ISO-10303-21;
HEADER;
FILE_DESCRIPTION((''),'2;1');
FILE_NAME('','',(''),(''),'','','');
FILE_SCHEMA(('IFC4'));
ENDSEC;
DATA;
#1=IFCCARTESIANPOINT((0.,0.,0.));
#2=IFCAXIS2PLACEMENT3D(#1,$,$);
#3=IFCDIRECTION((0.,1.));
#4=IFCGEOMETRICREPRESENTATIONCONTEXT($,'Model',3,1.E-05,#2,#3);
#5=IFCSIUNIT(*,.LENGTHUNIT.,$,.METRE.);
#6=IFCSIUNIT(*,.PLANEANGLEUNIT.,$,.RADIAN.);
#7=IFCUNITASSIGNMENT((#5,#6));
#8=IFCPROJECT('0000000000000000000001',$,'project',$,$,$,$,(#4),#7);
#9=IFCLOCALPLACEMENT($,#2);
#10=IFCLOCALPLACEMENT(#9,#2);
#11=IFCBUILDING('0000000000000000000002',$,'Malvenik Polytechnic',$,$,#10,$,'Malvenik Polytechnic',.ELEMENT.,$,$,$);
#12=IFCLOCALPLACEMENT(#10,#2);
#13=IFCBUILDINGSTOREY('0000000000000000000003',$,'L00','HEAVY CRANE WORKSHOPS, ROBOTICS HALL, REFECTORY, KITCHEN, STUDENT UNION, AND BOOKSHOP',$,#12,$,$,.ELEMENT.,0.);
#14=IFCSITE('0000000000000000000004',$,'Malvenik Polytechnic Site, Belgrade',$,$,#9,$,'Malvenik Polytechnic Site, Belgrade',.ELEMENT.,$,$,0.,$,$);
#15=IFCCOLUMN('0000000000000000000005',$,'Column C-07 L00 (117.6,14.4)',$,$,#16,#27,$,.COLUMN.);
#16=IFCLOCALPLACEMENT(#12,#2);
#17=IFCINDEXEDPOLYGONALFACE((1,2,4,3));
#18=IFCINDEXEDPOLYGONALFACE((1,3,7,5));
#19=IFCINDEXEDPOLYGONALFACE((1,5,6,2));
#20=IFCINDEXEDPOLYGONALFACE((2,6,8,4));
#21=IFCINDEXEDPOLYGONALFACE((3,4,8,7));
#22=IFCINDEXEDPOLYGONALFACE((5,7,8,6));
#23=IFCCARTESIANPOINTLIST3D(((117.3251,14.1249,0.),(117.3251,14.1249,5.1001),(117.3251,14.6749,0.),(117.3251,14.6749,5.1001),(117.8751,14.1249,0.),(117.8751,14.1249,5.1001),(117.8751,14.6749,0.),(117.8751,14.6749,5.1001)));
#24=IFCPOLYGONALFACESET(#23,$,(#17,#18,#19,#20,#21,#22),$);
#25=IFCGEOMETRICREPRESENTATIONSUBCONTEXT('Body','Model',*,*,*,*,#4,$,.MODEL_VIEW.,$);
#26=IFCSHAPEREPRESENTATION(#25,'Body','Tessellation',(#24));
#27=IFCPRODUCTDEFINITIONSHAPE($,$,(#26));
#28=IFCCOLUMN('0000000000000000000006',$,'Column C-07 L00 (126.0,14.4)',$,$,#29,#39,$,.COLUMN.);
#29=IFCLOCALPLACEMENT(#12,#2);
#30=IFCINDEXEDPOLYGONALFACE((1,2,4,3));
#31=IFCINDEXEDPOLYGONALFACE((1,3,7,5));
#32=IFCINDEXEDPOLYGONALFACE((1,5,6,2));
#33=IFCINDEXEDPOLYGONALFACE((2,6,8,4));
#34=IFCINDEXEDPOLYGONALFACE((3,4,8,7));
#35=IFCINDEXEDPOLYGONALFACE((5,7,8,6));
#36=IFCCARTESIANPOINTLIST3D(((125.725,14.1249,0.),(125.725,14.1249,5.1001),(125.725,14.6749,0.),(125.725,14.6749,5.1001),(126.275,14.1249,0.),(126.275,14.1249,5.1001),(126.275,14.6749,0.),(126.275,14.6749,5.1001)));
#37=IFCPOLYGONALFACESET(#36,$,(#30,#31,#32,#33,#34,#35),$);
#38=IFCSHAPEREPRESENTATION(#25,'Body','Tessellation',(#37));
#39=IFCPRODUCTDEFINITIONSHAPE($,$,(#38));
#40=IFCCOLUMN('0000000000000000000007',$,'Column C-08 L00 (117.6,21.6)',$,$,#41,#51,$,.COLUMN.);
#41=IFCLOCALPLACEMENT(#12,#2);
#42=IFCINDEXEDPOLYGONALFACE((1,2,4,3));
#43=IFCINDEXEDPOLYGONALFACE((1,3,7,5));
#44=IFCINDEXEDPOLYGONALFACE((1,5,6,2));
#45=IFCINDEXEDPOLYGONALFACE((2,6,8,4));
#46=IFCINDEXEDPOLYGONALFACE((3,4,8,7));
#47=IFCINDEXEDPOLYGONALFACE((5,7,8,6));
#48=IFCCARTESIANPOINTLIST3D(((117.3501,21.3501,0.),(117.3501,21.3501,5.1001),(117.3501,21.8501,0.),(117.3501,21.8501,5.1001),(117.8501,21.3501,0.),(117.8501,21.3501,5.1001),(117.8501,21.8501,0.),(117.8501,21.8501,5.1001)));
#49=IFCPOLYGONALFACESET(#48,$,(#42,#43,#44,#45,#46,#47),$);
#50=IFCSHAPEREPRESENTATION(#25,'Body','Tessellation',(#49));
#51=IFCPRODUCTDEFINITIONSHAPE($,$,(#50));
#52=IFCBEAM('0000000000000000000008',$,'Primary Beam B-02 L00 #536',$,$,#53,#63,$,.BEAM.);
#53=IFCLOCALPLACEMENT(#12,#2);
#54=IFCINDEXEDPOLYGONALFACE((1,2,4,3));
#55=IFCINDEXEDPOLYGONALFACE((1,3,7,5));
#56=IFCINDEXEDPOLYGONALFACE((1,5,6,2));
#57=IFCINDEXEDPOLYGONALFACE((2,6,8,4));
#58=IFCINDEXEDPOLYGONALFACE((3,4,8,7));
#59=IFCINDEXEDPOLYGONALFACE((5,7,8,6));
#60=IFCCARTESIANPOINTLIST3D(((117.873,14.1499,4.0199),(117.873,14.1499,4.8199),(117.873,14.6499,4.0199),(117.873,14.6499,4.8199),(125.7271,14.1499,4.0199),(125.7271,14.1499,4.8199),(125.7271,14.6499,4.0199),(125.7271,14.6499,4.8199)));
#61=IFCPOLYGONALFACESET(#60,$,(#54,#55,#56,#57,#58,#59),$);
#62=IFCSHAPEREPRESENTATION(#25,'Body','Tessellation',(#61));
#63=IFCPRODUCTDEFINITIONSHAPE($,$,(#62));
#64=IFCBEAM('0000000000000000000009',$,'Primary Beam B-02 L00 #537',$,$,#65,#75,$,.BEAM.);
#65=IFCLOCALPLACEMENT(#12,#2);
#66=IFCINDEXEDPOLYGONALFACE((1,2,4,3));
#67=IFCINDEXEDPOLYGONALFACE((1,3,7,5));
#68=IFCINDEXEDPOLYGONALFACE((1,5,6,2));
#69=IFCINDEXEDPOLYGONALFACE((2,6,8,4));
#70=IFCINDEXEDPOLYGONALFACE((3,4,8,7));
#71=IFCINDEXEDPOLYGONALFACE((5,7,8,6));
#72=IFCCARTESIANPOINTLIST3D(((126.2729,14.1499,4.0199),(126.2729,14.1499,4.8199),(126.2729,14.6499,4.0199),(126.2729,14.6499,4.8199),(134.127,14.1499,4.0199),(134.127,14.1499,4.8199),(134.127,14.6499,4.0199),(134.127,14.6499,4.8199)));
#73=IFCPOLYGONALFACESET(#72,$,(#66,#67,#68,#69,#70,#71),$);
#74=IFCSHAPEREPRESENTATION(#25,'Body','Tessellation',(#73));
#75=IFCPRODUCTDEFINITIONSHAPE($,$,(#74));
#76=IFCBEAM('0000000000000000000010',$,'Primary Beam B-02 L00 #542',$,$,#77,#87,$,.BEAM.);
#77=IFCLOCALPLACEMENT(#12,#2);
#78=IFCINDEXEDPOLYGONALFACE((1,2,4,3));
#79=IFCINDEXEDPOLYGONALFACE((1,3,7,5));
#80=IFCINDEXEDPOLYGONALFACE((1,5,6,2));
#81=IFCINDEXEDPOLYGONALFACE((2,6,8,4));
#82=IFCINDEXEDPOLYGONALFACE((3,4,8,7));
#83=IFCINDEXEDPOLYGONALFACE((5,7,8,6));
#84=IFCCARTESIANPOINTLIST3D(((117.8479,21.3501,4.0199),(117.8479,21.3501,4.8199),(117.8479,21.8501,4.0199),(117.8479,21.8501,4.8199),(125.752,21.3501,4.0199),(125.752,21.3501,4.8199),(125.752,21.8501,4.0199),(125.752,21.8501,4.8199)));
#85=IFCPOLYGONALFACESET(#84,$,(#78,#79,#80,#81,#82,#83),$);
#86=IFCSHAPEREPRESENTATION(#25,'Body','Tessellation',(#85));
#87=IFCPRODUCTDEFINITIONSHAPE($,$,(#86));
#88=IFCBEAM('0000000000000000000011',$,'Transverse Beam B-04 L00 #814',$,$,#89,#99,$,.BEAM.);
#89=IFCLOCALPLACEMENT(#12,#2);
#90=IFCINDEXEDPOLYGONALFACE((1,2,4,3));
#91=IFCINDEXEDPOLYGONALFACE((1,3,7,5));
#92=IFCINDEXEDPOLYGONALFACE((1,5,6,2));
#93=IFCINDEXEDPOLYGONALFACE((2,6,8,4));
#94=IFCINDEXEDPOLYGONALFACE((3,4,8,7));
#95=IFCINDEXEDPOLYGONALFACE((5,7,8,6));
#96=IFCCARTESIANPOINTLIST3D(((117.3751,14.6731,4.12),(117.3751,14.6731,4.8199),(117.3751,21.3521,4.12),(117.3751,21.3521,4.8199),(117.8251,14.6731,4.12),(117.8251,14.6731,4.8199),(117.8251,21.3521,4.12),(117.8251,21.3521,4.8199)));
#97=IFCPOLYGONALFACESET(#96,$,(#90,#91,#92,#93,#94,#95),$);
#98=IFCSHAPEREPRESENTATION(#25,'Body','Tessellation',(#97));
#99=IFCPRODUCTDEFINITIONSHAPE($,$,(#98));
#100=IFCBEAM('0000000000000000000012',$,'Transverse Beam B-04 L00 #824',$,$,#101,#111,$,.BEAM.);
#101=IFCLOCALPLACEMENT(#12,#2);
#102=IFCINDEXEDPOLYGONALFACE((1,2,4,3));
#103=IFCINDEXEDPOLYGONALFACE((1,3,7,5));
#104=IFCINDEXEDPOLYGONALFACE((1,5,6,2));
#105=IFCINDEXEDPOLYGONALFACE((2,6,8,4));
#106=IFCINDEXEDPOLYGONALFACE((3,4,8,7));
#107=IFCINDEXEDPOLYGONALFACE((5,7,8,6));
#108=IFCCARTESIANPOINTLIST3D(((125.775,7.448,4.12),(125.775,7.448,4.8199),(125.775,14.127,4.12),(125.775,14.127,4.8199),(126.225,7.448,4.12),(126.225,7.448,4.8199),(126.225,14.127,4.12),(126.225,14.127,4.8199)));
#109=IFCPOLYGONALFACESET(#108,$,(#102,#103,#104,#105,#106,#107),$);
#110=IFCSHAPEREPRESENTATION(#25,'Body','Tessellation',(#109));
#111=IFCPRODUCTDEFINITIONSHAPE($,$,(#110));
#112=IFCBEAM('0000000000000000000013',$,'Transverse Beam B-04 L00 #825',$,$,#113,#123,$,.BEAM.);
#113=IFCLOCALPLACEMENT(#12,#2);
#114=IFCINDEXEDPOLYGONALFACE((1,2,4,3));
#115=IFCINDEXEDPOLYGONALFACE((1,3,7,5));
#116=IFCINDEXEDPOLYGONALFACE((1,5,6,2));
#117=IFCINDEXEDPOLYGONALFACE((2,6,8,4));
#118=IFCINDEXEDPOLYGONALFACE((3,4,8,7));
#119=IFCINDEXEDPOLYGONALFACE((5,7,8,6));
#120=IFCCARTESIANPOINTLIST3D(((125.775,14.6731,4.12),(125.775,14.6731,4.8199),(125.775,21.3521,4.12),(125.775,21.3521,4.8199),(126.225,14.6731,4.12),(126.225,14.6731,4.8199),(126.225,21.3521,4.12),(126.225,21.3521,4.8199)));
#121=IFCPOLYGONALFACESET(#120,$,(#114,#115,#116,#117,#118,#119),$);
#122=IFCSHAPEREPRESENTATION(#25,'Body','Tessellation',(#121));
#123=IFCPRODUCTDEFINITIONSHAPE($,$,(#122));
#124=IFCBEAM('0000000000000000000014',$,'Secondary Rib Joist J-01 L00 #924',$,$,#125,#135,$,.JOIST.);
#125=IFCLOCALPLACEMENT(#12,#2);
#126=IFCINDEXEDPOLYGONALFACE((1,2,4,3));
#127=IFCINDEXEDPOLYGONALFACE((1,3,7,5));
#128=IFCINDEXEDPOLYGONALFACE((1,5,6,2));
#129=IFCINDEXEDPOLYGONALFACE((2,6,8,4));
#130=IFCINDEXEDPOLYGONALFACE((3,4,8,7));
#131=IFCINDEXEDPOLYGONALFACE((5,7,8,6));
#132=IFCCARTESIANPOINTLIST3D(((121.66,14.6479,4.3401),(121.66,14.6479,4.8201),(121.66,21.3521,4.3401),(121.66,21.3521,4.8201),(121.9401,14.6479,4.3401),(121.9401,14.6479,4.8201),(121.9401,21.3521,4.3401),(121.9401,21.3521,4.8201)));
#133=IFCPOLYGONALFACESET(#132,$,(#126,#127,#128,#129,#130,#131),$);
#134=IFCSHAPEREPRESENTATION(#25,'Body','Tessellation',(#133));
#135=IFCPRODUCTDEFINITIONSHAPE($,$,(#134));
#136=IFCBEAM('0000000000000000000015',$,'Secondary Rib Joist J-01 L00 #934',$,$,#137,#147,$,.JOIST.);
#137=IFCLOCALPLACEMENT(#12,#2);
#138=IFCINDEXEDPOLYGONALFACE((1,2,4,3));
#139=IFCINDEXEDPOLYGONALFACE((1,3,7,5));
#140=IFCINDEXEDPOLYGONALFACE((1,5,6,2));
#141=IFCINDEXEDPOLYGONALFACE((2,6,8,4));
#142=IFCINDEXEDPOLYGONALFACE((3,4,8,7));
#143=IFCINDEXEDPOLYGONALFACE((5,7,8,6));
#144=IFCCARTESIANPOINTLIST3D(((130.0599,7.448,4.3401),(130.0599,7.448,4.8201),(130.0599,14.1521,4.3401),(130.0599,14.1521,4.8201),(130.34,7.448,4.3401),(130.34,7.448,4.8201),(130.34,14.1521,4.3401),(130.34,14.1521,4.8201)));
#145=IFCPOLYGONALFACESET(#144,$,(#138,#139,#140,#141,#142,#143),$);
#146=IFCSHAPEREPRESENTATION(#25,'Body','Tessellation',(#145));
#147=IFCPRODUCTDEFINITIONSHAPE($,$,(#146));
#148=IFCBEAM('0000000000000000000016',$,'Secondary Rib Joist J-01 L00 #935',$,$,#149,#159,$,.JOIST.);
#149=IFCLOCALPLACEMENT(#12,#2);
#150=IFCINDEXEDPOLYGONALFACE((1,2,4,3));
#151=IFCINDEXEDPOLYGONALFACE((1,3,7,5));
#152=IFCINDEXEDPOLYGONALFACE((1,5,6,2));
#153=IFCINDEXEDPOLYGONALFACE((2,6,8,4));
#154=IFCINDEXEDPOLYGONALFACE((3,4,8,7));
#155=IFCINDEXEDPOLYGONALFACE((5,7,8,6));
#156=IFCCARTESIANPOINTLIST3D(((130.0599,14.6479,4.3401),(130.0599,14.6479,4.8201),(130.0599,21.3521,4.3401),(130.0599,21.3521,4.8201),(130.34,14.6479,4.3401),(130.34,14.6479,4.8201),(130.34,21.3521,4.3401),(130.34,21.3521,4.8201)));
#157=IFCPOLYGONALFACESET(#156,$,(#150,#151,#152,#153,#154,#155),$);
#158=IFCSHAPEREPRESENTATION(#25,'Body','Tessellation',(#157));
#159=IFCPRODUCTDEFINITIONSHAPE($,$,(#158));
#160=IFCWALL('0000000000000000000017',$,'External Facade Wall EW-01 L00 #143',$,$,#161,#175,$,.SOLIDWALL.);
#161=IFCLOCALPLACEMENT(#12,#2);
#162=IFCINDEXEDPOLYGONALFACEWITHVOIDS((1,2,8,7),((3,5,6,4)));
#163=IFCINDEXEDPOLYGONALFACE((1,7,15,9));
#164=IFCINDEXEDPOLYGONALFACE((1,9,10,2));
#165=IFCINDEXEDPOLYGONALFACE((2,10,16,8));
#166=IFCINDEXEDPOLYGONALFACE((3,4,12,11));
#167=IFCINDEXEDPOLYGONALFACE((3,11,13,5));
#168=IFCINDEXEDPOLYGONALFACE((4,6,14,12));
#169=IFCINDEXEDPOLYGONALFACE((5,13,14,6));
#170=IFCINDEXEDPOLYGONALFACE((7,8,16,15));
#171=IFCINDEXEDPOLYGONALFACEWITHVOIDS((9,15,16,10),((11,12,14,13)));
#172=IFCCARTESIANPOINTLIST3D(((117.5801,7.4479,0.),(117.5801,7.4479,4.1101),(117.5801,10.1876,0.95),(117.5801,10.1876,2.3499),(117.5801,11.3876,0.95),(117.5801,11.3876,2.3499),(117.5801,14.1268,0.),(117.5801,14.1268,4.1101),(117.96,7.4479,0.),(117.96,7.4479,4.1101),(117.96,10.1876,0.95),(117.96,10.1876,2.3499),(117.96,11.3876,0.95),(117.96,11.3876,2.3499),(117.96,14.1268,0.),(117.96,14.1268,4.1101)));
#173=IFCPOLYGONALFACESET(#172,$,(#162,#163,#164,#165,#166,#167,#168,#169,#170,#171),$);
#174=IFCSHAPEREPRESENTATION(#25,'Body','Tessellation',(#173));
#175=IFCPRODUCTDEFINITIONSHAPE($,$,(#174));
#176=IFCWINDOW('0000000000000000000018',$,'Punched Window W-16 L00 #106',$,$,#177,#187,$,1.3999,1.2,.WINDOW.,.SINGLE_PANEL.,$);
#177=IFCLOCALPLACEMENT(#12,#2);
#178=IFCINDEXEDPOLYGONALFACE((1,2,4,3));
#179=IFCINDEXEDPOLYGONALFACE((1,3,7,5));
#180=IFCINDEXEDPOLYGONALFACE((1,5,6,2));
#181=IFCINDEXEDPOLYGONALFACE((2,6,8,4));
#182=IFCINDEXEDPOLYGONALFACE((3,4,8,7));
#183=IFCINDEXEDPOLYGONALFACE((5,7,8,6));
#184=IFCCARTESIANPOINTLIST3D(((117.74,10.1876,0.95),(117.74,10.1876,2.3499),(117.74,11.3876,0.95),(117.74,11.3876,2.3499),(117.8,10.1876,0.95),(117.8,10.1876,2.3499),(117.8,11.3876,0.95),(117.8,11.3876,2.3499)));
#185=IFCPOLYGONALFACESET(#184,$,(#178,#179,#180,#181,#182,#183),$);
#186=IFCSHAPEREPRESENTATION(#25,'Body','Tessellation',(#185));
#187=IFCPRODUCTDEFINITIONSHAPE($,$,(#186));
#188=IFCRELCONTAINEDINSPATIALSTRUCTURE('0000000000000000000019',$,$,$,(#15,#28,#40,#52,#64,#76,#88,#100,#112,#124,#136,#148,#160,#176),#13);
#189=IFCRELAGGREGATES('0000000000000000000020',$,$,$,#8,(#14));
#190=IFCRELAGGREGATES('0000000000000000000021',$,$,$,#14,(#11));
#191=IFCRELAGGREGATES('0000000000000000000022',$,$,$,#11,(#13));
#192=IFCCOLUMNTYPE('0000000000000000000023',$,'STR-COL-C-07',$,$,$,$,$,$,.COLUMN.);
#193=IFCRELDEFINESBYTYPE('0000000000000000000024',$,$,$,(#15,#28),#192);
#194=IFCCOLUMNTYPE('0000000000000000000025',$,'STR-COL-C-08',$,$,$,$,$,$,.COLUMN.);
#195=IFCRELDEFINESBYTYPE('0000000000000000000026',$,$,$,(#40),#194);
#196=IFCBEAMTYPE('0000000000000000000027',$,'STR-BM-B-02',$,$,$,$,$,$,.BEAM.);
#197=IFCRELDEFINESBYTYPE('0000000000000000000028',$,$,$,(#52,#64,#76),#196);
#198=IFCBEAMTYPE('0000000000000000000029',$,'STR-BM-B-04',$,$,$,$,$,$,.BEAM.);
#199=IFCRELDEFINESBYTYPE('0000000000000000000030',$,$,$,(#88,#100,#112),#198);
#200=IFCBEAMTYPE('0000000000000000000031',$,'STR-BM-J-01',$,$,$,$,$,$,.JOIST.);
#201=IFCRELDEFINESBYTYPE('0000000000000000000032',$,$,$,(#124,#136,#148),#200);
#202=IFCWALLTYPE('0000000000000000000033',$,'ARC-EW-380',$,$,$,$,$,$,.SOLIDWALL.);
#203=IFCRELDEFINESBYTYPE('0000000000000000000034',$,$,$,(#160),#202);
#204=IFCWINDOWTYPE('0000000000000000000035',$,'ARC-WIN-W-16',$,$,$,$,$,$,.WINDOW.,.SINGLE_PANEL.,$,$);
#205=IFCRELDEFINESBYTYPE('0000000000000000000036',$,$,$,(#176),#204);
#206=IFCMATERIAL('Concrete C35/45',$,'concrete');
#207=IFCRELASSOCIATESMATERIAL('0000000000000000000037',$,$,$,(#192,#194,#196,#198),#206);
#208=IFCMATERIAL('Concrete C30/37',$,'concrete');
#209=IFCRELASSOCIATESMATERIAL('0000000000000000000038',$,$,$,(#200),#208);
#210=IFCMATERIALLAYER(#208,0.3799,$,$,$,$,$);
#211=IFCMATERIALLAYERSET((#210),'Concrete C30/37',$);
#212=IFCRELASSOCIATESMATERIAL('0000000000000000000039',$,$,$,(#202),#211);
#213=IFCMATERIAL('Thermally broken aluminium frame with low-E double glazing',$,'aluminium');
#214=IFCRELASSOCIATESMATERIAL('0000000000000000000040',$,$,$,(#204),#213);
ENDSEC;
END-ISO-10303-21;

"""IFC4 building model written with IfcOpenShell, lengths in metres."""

from ifc_helpers import new_model, si_unit, direction, frame, frame_2d, origin, origin_2d, place, context, subcontext, project, spatial, rectangle, extrude, material, layer, layer_set, material_profile, profile_set, type_object, element, fill, save


model = new_model("IFC4")

# Units and contexts
model_context = context("Model", 3, precision=1e-05, world=origin(), true_north=direction((0.0, 1.0)))
body_context = subcontext(model_context, "Body", "Model", "MODEL_VIEW")
ifc_project = project(units=[si_unit("LENGTHUNIT", "METRE"), si_unit("PLANEANGLEUNIT", "RADIAN")], contexts=[model_context])

# Site, building, storey
site_placement = place(None, origin())
site = spatial("IfcSite", under=ifc_project, at=site_placement, Name="Malvenik Polytechnic Site, Belgrade", LongName="Malvenik Polytechnic Site, Belgrade", CompositionType="ELEMENT", RefElevation=0.0)
building_placement = place(site_placement, origin())
building = spatial("IfcBuilding", under=site, at=building_placement, Name="Malvenik Polytechnic", LongName="Malvenik Polytechnic", CompositionType="ELEMENT")
storey_placement = place(building_placement, origin())
storey = spatial("IfcBuildingStorey", under=building, at=storey_placement, Name="L00", Description="HEAVY CRANE WORKSHOPS, ROBOTICS HALL, REFECTORY, KITCHEN, STUDENT UNION, AND BOOKSHOP", CompositionType="ELEMENT", Elevation=0.0)

# Columns
ifc_material_1 = material(Name="Concrete C35/45", Category="concrete")
ifc_material_profile_1 = material_profile(ifc_material_1, rectangle(XDim=0.55, YDim=0.55, at=origin_2d()), Name="RC COL 550x550")
ifc_profile_set_1 = profile_set([ifc_material_profile_1], Name="Concrete C35/45")
column_type_1 = type_object("IfcColumnType", Name="STR-COL-C-07", PredefinedType="COLUMN", material=ifc_profile_set_1)
for number, where, z_axis, x_axis, name in (
    (1, (117.6001, 14.3999, 0.0), (0.0, 0.0, 1.0), (1.0, 0.0, 0.0), "Column C-07 L00 (117.6,14.4)"),
    (2, (126.0, 14.3999, 0.0), (0.0, 0.0, 1.0), (1.0, 0.0, 0.0), "Column C-07 L00 (126.0,14.4)"),
):
    element("IfcColumn", number, at=place(storey_placement, frame(where, z_axis=z_axis, x_axis=x_axis)), inside=storey, type_object=column_type_1, Name=name, PredefinedType="COLUMN", context=body_context, shape_type="SweptSolid", body=[
        extrude(rectangle(XDim=0.55, YDim=0.55, at=origin_2d()), origin(), (0.0, 0.0, 1.0), 5.1001),
    ])
ifc_material_profile_2 = material_profile(ifc_material_1, rectangle(XDim=0.5, YDim=0.5, at=origin_2d()), Name="RC COL 500x500")
ifc_profile_set_2 = profile_set([ifc_material_profile_2], Name="Concrete C35/45")
column_type_2 = type_object("IfcColumnType", Name="STR-COL-C-08", PredefinedType="COLUMN", material=ifc_profile_set_2)
column_placement = place(storey_placement, frame((117.6001, 21.6001, 0.0), z_axis=(0.0, 0.0, 1.0), x_axis=(1.0, 0.0, 0.0)))
element("IfcColumn", 3, at=column_placement, inside=storey, type_object=column_type_2, Name="Column C-08 L00 (117.6,21.6)", PredefinedType="COLUMN", context=body_context, shape_type="SweptSolid", body=[
    extrude(rectangle(XDim=0.5, YDim=0.5, at=origin_2d()), origin(), (0.0, 0.0, 1.0), 5.1001),
])

# Beams
ifc_material_profile_3 = material_profile(ifc_material_1, rectangle(XDim=0.5, YDim=0.8, at=origin_2d()), Name="RC BM 500x800")
ifc_profile_set_3 = profile_set([ifc_material_profile_3], Name="Concrete C35/45")
beam_type_1 = type_object("IfcBeamType", Name="STR-BM-B-02", PredefinedType="BEAM", material=ifc_profile_set_3)
for number, where, z_axis, x_axis, name in (
    (4, (117.873, 14.3999, 4.4199), (1.0, 0.0, 0.0), (0.0, 1.0, 0.0), "Primary Beam B-02 L00 #536"),
    (5, (126.2729, 14.3999, 4.4199), (1.0, 0.0, 0.0), (0.0, 1.0, 0.0), "Primary Beam B-02 L00 #537"),
):
    element("IfcBeam", number, at=place(storey_placement, frame(where, z_axis=z_axis, x_axis=x_axis)), inside=storey, type_object=beam_type_1, Name=name, PredefinedType="BEAM", context=body_context, shape_type="SweptSolid", body=[
        extrude(rectangle(XDim=0.5, YDim=0.8, at=origin_2d()), origin(), (0.0, 0.0, 1.0), 7.854),
    ])
beam_placement = place(storey_placement, frame((117.8479, 21.6001, 4.4199), z_axis=(1.0, 0.0, 0.0), x_axis=(0.0, 1.0, 0.0)))
element("IfcBeam", 6, at=beam_placement, inside=storey, type_object=beam_type_1, Name="Primary Beam B-02 L00 #542", PredefinedType="BEAM", context=body_context, shape_type="SweptSolid", body=[
    extrude(rectangle(XDim=0.5, YDim=0.8, at=origin_2d()), origin(), (0.0, 0.0, 1.0), 7.9041),
])
ifc_material_profile_4 = material_profile(ifc_material_1, rectangle(XDim=0.45, YDim=0.7, at=origin_2d()), Name="RC BM 450x700")
ifc_profile_set_4 = profile_set([ifc_material_profile_4], Name="Concrete C35/45")
beam_type_2 = type_object("IfcBeamType", Name="STR-BM-B-04", PredefinedType="BEAM", material=ifc_profile_set_4)
for number, where, z_axis, x_axis, name in (
    (7, (117.6001, 14.6731, 4.47), (0.0, 1.0, 0.0), (-1.0, 0.0, 0.0), "Transverse Beam B-04 L00 #814"),
    (8, (126.0, 7.448, 4.47), (0.0, 1.0, 0.0), (-1.0, 0.0, 0.0), "Transverse Beam B-04 L00 #824"),
    (9, (126.0, 14.6731, 4.47), (0.0, 1.0, 0.0), (-1.0, 0.0, 0.0), "Transverse Beam B-04 L00 #825"),
):
    element("IfcBeam", number, at=place(storey_placement, frame(where, z_axis=z_axis, x_axis=x_axis)), inside=storey, type_object=beam_type_2, Name=name, PredefinedType="BEAM", context=body_context, shape_type="SweptSolid", body=[
        extrude(rectangle(XDim=0.45, YDim=0.7, at=origin_2d()), origin(), (0.0, 0.0, 1.0), 6.679),
    ])
ifc_material_2 = material(Name="Concrete C30/37", Category="concrete")
ifc_material_profile_5 = material_profile(ifc_material_2, rectangle(XDim=0.28, YDim=0.48, at=origin_2d()), Name="RC JST 280x480")
ifc_profile_set_5 = profile_set([ifc_material_profile_5], Name="Concrete C30/37")
beam_type_3 = type_object("IfcBeamType", Name="STR-BM-J-01", PredefinedType="JOIST", material=ifc_profile_set_5)
for number, where, z_axis, x_axis, name in (
    (10, (121.8, 14.6479, 4.5801), (0.0, 1.0, 0.0), (-1.0, 0.0, 0.0), "Secondary Rib Joist J-01 L00 #924"),
    (11, (130.2, 7.448, 4.5801), (0.0, 1.0, 0.0), (-1.0, 0.0, 0.0), "Secondary Rib Joist J-01 L00 #934"),
    (12, (130.2, 14.6479, 4.5801), (0.0, 1.0, 0.0), (-1.0, 0.0, 0.0), "Secondary Rib Joist J-01 L00 #935"),
):
    element("IfcBeam", number, at=place(storey_placement, frame(where, z_axis=z_axis, x_axis=x_axis)), inside=storey, type_object=beam_type_3, Name=name, PredefinedType="JOIST", context=body_context, shape_type="SweptSolid", body=[
        extrude(rectangle(XDim=0.28, YDim=0.48, at=origin_2d()), origin(), (0.0, 0.0, 1.0), 6.7041),
    ])

# Wall, opening, window
ifc_layer_1 = layer(ifc_material_2, 0.3799)
ifc_layer_set_1 = layer_set([ifc_layer_1], Name="Concrete C30/37")
wall_type_1 = type_object("IfcWallType", Name="ARC-EW-380", PredefinedType="SOLIDWALL", material=ifc_layer_set_1)
wall_1_placement = place(storey_placement, frame((117.77, 7.448, 0.0), z_axis=(0.0, 0.0, 1.0), x_axis=(0.0, 1.0, 0.0)))
wall_1 = element("IfcWall", 13, at=wall_1_placement, inside=storey, type_object=wall_type_1, Name="External Facade Wall EW-01 L00 #143", PredefinedType="SOLIDWALL", context=body_context, shape_type="SweptSolid", body=[
    extrude(rectangle(XDim=6.679, YDim=0.3799, at=frame_2d((3.3394, 0.0))), origin(), (0.0, 0.0, 1.0), 4.1101),
])
opening_1_placement = place(wall_1_placement, frame((2.7395, 0.0, 0.95)))
opening_1 = element("IfcOpeningElement", 14, at=opening_1_placement, cuts=wall_1, PredefinedType="OPENING", context=body_context, shape_type="SweptSolid", body=[
    extrude(rectangle(XDim=1.2, YDim=1.3999, at=frame_2d((0.6001, 0.7))), frame((0.0, 0.2, 0.0), z_axis=(0.0, -1.0, 0.0), x_axis=(1.0, 0.0, 0.0)), (0.0, 0.0, 1.0), 0.3999),
])
ifc_material_3 = material(Name="Thermally broken aluminium frame with low-E double glazing", Category="aluminium")
window_type_1 = type_object("IfcWindowType", Name="ARC-WIN-W-16", PartitioningType="SINGLE_PANEL", PredefinedType="WINDOW", material=ifc_material_3)
window_1_placement = place(opening_1_placement, origin())
window_1 = element("IfcWindow", 15, at=window_1_placement, inside=storey, type_object=window_type_1, Name="Punched Window W-16 L00 #106", OverallHeight=1.3999, OverallWidth=1.2, PartitioningType="SINGLE_PANEL", PredefinedType="WINDOW", context=body_context, shape_type="SweptSolid", body=[
    extrude(rectangle(XDim=1.2, YDim=1.3999, at=frame_2d((0.6001, 0.7))), frame((0.0, 0.03, 0.0), z_axis=(0.0, -1.0, 0.0), x_axis=(1.0, 0.0, 0.0)), (0.0, 0.0, 1.0), 0.0601),
])
fill(opening_1, window_1)

save(model, "model.ifc")
